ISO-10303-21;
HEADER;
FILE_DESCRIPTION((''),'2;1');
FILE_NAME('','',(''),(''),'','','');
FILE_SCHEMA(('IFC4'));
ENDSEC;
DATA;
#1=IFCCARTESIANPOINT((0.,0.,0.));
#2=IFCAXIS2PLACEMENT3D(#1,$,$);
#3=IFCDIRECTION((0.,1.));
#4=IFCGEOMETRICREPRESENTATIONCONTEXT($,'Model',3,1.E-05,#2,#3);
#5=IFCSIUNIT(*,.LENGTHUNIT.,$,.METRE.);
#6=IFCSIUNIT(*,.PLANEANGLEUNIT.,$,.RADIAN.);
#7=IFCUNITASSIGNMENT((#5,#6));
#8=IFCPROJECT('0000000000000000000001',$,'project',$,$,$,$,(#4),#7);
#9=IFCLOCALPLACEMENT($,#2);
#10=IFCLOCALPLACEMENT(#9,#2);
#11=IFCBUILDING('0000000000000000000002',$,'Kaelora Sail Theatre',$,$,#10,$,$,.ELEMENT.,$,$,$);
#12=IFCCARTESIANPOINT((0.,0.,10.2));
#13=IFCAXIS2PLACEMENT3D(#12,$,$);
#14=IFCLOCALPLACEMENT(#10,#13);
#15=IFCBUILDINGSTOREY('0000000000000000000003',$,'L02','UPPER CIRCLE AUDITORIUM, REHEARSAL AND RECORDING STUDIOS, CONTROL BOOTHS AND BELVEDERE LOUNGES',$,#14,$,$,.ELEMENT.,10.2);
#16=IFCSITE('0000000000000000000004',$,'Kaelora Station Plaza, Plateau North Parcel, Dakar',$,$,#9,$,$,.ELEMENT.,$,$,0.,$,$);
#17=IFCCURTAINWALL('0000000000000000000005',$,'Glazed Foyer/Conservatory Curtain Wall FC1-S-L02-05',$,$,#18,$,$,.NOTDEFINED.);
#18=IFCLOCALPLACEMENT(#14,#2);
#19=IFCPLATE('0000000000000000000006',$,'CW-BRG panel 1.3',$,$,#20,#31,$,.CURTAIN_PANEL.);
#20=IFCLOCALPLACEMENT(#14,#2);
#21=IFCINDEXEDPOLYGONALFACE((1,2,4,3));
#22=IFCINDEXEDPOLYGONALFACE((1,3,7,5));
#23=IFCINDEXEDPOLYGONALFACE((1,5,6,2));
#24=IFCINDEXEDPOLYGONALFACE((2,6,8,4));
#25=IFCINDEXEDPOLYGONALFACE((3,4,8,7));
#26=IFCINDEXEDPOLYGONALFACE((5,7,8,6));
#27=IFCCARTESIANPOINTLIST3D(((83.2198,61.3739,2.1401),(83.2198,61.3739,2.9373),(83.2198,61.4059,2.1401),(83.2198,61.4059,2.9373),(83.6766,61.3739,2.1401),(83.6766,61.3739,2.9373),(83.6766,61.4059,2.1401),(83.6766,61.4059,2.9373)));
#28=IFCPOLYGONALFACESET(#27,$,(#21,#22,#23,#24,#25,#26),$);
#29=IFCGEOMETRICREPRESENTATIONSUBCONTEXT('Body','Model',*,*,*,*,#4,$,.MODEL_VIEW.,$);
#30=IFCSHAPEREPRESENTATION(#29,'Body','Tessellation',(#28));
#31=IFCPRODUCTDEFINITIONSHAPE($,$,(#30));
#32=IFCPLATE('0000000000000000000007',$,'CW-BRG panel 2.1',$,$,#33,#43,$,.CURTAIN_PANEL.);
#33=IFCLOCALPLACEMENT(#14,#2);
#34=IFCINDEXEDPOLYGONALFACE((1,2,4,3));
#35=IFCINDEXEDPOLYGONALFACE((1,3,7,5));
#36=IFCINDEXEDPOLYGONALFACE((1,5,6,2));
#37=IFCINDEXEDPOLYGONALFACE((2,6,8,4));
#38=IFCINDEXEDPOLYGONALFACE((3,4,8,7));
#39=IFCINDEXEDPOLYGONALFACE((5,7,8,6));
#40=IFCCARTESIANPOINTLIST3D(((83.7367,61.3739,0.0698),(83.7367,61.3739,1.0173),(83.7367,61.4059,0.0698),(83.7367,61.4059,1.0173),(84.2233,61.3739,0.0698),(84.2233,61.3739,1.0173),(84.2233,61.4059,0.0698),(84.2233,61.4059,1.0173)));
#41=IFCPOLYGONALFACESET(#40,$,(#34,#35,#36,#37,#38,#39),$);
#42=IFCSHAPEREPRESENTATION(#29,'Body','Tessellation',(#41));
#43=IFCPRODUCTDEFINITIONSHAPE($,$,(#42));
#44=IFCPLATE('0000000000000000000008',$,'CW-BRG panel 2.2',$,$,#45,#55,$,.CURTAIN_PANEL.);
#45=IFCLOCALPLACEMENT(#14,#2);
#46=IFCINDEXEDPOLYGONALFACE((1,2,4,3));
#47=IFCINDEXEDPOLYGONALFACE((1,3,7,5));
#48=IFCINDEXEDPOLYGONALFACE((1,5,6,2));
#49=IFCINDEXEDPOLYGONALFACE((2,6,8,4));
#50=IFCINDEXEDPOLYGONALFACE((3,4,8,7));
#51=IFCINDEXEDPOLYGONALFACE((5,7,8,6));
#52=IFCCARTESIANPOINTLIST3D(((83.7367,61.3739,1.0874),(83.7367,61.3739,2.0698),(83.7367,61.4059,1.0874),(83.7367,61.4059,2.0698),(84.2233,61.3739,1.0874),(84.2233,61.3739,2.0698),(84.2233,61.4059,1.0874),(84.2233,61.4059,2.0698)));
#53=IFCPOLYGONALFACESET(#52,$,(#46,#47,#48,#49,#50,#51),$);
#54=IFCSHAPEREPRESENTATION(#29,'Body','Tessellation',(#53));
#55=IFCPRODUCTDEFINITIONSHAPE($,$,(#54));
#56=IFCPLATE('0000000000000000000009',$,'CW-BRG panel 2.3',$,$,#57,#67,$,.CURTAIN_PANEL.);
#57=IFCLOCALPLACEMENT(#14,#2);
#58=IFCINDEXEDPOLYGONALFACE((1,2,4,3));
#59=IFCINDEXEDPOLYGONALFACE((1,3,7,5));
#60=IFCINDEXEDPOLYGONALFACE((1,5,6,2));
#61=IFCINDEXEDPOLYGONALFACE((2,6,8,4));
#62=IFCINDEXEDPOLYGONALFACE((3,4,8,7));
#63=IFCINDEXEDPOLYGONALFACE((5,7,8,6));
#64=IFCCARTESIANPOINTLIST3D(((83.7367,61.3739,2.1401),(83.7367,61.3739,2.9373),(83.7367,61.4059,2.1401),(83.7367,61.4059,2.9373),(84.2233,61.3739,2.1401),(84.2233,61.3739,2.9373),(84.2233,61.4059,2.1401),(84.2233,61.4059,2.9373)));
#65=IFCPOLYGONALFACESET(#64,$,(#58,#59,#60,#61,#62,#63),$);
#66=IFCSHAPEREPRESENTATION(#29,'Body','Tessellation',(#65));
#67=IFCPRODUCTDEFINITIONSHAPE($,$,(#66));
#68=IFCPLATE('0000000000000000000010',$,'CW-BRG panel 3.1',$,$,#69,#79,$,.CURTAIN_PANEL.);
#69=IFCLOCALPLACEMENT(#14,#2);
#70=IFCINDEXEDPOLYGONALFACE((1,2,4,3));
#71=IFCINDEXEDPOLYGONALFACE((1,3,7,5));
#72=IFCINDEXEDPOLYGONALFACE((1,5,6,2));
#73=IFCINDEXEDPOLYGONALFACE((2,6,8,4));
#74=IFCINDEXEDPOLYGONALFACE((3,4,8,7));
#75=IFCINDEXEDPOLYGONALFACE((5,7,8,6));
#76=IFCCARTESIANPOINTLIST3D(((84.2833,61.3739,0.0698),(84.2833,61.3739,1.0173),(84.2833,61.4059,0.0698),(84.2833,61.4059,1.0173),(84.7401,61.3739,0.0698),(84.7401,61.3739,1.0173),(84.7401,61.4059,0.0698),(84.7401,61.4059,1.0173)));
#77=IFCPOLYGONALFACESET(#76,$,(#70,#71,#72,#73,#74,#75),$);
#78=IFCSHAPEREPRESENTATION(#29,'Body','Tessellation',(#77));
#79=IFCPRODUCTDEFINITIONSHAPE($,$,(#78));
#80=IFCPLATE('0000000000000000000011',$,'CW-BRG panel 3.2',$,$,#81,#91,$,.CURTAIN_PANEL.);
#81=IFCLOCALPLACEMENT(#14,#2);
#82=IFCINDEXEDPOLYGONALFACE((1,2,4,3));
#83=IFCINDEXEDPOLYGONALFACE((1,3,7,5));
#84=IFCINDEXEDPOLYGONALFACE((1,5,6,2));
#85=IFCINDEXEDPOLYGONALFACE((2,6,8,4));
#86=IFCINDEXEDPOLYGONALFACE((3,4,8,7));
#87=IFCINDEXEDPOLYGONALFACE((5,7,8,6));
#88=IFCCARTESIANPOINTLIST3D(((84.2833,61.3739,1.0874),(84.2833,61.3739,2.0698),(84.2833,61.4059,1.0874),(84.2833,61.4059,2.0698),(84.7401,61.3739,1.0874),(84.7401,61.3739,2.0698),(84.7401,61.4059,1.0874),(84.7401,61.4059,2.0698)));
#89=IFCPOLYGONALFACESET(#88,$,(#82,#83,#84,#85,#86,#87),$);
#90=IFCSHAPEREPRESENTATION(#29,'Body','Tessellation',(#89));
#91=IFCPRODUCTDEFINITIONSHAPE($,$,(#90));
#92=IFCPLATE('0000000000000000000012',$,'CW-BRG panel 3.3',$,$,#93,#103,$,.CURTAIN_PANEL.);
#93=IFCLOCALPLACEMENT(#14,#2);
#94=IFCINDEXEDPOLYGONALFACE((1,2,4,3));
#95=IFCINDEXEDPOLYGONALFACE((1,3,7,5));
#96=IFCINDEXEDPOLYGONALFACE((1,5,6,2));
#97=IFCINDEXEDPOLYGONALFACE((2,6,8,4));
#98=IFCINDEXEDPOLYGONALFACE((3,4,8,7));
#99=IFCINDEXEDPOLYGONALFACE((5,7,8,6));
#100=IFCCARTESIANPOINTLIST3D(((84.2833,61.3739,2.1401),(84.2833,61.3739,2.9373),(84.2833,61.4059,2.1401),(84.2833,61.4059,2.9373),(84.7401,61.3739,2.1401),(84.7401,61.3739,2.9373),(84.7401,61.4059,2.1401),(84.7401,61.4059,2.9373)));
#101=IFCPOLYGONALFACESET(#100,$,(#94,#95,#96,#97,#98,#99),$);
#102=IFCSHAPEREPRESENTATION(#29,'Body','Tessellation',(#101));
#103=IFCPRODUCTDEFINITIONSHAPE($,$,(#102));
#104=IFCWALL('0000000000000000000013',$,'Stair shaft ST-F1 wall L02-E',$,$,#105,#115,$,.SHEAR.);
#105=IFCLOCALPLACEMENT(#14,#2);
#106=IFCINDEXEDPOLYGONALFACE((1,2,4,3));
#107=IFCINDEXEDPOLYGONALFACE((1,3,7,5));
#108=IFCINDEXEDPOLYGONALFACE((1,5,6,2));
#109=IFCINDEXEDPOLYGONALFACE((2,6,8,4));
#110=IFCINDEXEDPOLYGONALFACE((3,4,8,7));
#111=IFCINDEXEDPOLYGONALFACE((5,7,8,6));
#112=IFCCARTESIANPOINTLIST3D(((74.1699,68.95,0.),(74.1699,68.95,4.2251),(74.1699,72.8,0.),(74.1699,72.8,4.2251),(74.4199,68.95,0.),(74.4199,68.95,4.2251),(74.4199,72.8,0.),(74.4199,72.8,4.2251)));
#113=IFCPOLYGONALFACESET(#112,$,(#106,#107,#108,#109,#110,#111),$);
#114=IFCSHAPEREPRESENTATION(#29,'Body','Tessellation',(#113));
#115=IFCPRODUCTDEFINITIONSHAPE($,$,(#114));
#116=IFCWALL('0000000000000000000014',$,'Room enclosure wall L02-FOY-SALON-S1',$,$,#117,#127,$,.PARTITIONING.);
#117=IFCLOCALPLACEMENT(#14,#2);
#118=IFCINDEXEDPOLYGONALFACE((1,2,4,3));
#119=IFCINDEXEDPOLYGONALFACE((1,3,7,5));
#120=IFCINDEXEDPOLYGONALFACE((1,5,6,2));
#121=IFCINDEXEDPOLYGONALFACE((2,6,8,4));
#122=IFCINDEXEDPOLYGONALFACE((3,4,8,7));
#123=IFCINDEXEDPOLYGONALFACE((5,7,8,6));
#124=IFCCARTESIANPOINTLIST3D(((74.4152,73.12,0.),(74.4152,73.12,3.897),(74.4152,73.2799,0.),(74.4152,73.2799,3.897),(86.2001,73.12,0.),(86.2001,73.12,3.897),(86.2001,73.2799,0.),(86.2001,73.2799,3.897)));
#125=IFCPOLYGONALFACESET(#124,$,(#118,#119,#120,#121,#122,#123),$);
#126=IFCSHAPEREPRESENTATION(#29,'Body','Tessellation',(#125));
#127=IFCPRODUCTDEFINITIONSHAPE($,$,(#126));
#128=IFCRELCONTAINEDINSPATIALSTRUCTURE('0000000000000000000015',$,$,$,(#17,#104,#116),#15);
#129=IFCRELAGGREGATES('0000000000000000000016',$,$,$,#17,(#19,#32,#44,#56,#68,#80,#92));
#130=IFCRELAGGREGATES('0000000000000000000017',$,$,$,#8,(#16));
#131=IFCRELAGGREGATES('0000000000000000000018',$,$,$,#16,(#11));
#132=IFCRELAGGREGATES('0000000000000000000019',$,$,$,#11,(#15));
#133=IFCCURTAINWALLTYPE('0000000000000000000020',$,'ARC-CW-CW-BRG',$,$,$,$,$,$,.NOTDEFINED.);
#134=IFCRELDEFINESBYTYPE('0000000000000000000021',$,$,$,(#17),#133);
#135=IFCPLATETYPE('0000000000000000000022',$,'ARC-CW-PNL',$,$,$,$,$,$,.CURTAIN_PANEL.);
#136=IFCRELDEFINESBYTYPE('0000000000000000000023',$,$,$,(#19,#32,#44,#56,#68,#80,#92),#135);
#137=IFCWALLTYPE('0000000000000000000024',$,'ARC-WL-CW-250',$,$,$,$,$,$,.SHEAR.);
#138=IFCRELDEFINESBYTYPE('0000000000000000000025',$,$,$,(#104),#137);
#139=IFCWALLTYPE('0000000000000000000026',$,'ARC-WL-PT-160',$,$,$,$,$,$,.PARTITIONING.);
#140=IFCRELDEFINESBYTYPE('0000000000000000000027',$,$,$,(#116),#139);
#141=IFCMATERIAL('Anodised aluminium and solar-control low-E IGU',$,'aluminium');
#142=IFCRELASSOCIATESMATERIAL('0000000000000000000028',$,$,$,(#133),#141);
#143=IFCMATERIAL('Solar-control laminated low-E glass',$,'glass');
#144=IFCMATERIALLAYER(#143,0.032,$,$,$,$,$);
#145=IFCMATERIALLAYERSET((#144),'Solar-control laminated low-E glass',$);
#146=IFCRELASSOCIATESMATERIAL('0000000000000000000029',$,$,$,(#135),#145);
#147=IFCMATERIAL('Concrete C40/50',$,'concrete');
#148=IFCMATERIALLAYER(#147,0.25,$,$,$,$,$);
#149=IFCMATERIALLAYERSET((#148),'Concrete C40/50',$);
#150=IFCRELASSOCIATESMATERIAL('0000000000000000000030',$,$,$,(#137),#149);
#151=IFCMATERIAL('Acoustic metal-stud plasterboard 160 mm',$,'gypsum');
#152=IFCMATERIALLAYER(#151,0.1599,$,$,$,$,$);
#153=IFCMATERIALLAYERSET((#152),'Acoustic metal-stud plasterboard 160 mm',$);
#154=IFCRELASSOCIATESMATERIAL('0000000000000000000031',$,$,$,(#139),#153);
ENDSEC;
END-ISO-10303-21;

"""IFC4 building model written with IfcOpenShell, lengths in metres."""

from ifc_helpers import new_model, si_unit, direction, frame, frame_2d, origin, origin_2d, place, context, subcontext, project, spatial, rectangle, extrude, material, layer, layer_set, type_object, element, aggregate, save


model = new_model("IFC4")

# Units and contexts
model_context = context("Model", 3, precision=1e-05, world=origin(), true_north=direction((0.0, 1.0)))
body_context = subcontext(model_context, "Body", "Model", "MODEL_VIEW")
ifc_project = project(units=[si_unit("LENGTHUNIT", "METRE"), si_unit("PLANEANGLEUNIT", "RADIAN")], contexts=[model_context])

# Site, building, storey
site_placement = place(None, origin())
site = spatial("IfcSite", under=ifc_project, at=site_placement, Name="Kaelora Station Plaza, Plateau North Parcel, Dakar", CompositionType="ELEMENT", RefElevation=0.0)
building_placement = place(site_placement, origin())
building = spatial("IfcBuilding", under=site, at=building_placement, Name="Kaelora Sail Theatre", CompositionType="ELEMENT")
storey_placement = place(building_placement, frame((0.0, 0.0, 10.2)))
storey = spatial("IfcBuildingStorey", under=building, at=storey_placement, Name="L02", Description="UPPER CIRCLE AUDITORIUM, REHEARSAL AND RECORDING STUDIOS, CONTROL BOOTHS AND BELVEDERE LOUNGES", CompositionType="ELEMENT", Elevation=10.2)

# Curtain wall
ifc_material_1 = material(Name="Anodised aluminium and solar-control low-E IGU", Category="aluminium")
curtain_wall_type = type_object("IfcCurtainWallType", Name="ARC-CW-CW-BRG", PredefinedType="NOTDEFINED", material=ifc_material_1)
curtain_wall_1_placement = place(storey_placement, origin())
curtain_wall_1 = element("IfcCurtainWall", 1, at=curtain_wall_1_placement, inside=storey, type_object=curtain_wall_type, Name="Glazed Foyer/Conservatory Curtain Wall FC1-S-L02-05", PredefinedType="NOTDEFINED")

# Plates
ifc_material_2 = material(Name="Solar-control laminated low-E glass", Category="glass")
ifc_layer_1 = layer(ifc_material_2, 0.032)
ifc_layer_set_1 = layer_set([ifc_layer_1], Name="Solar-control laminated low-E glass")
plate_type = type_object("IfcPlateType", Name="ARC-CW-PNL", PredefinedType="CURTAIN_PANEL", material=ifc_layer_set_1)
plate_1_placement = place(storey_placement, frame((83.4482, 61.3899, 2.1401), z_axis=(0.0, 0.0, 1.0), x_axis=(1.0, 0.0, 0.0)))
plate_1 = element("IfcPlate", 2, at=plate_1_placement, type_object=plate_type, Name="CW-BRG panel 1.3", PredefinedType="CURTAIN_PANEL", context=body_context, shape_type="SweptSolid", body=[
    extrude(rectangle(XDim=0.4568, YDim=0.032, at=origin_2d()), origin(), (0.0, 0.0, 1.0), 0.7971),
])
plate_2_placement = place(storey_placement, frame((83.98, 61.3899, 0.0698), z_axis=(0.0, 0.0, 1.0), x_axis=(1.0, 0.0, 0.0)))
plate_2 = element("IfcPlate", 3, at=plate_2_placement, type_object=plate_type, Name="CW-BRG panel 2.1", PredefinedType="CURTAIN_PANEL", context=body_context, shape_type="SweptSolid", body=[
    extrude(rectangle(XDim=0.4866, YDim=0.032, at=origin_2d()), origin(), (0.0, 0.0, 1.0), 0.9475),
])
plate_3_placement = place(storey_placement, frame((83.98, 61.3899, 1.0874), z_axis=(0.0, 0.0, 1.0), x_axis=(1.0, 0.0, 0.0)))
plate_3 = element("IfcPlate", 4, at=plate_3_placement, type_object=plate_type, Name="CW-BRG panel 2.2", PredefinedType="CURTAIN_PANEL", context=body_context, shape_type="SweptSolid", body=[
    extrude(rectangle(XDim=0.4866, YDim=0.032, at=origin_2d()), origin(), (0.0, 0.0, 1.0), 0.9824),
])
plate_4_placement = place(storey_placement, frame((83.98, 61.3899, 2.1401), z_axis=(0.0, 0.0, 1.0), x_axis=(1.0, 0.0, 0.0)))
plate_4 = element("IfcPlate", 5, at=plate_4_placement, type_object=plate_type, Name="CW-BRG panel 2.3", PredefinedType="CURTAIN_PANEL", context=body_context, shape_type="SweptSolid", body=[
    extrude(rectangle(XDim=0.4866, YDim=0.032, at=origin_2d()), origin(), (0.0, 0.0, 1.0), 0.7971),
])
plate_5_placement = place(storey_placement, frame((84.5117, 61.3899, 0.0698), z_axis=(0.0, 0.0, 1.0), x_axis=(1.0, 0.0, 0.0)))
plate_5 = element("IfcPlate", 6, at=plate_5_placement, type_object=plate_type, Name="CW-BRG panel 3.1", PredefinedType="CURTAIN_PANEL", context=body_context, shape_type="SweptSolid", body=[
    extrude(rectangle(XDim=0.4568, YDim=0.032, at=origin_2d()), origin(), (0.0, 0.0, 1.0), 0.9475),
])
plate_6_placement = place(storey_placement, frame((84.5117, 61.3899, 1.0874), z_axis=(0.0, 0.0, 1.0), x_axis=(1.0, 0.0, 0.0)))
plate_6 = element("IfcPlate", 7, at=plate_6_placement, type_object=plate_type, Name="CW-BRG panel 3.2", PredefinedType="CURTAIN_PANEL", context=body_context, shape_type="SweptSolid", body=[
    extrude(rectangle(XDim=0.4568, YDim=0.032, at=origin_2d()), origin(), (0.0, 0.0, 1.0), 0.9824),
])
plate_7_placement = place(storey_placement, frame((84.5117, 61.3899, 2.1401), z_axis=(0.0, 0.0, 1.0), x_axis=(1.0, 0.0, 0.0)))
plate_7 = element("IfcPlate", 8, at=plate_7_placement, type_object=plate_type, Name="CW-BRG panel 3.3", PredefinedType="CURTAIN_PANEL", context=body_context, shape_type="SweptSolid", body=[
    extrude(rectangle(XDim=0.4568, YDim=0.032, at=origin_2d()), origin(), (0.0, 0.0, 1.0), 0.7971),
])
aggregate(curtain_wall_1, [plate_1, plate_2, plate_3, plate_4, plate_5, plate_6, plate_7])

# Walls
ifc_material_3 = material(Name="Concrete C40/50", Category="concrete")
ifc_layer_2 = layer(ifc_material_3, 0.25)
ifc_layer_set_2 = layer_set([ifc_layer_2], Name="Concrete C40/50")
wall_type_1 = type_object("IfcWallType", Name="ARC-WL-CW-250", PredefinedType="SHEAR", material=ifc_layer_set_2)
wall_1_placement = place(storey_placement, frame((74.2949, 68.95, 0.0), z_axis=(0.0, 0.0, 1.0), x_axis=(0.0, 1.0, 0.0)))
element("IfcWall", 9, at=wall_1_placement, inside=storey, type_object=wall_type_1, Name="Stair shaft ST-F1 wall L02-E", PredefinedType="SHEAR", context=body_context, shape_type="SweptSolid", body=[
    extrude(rectangle(XDim=3.8501, YDim=0.25, at=frame_2d((1.925, 0.0))), origin(), (0.0, 0.0, 1.0), 4.2251),
])
ifc_material_4 = material(Name="Acoustic metal-stud plasterboard 160 mm", Category="gypsum")
ifc_layer_3 = layer(ifc_material_4, 0.1599)
ifc_layer_set_3 = layer_set([ifc_layer_3], Name="Acoustic metal-stud plasterboard 160 mm")
wall_type_2 = type_object("IfcWallType", Name="ARC-WL-PT-160", PredefinedType="PARTITIONING", material=ifc_layer_set_3)
wall_2_placement = place(storey_placement, frame((74.415, 73.2, 0.0), z_axis=(0.0, 0.0, 1.0), x_axis=(1.0, 0.0, 0.0)))
element("IfcWall", 10, at=wall_2_placement, inside=storey, type_object=wall_type_2, Name="Room enclosure wall L02-FOY-SALON-S1", PredefinedType="PARTITIONING", context=body_context, shape_type="SweptSolid", body=[
    extrude(rectangle(XDim=11.7849, YDim=0.1599, at=frame_2d((5.8926, 0.0))), origin(), (0.0, 0.0, 1.0), 3.897),
])

save(model, "model.ifc")
